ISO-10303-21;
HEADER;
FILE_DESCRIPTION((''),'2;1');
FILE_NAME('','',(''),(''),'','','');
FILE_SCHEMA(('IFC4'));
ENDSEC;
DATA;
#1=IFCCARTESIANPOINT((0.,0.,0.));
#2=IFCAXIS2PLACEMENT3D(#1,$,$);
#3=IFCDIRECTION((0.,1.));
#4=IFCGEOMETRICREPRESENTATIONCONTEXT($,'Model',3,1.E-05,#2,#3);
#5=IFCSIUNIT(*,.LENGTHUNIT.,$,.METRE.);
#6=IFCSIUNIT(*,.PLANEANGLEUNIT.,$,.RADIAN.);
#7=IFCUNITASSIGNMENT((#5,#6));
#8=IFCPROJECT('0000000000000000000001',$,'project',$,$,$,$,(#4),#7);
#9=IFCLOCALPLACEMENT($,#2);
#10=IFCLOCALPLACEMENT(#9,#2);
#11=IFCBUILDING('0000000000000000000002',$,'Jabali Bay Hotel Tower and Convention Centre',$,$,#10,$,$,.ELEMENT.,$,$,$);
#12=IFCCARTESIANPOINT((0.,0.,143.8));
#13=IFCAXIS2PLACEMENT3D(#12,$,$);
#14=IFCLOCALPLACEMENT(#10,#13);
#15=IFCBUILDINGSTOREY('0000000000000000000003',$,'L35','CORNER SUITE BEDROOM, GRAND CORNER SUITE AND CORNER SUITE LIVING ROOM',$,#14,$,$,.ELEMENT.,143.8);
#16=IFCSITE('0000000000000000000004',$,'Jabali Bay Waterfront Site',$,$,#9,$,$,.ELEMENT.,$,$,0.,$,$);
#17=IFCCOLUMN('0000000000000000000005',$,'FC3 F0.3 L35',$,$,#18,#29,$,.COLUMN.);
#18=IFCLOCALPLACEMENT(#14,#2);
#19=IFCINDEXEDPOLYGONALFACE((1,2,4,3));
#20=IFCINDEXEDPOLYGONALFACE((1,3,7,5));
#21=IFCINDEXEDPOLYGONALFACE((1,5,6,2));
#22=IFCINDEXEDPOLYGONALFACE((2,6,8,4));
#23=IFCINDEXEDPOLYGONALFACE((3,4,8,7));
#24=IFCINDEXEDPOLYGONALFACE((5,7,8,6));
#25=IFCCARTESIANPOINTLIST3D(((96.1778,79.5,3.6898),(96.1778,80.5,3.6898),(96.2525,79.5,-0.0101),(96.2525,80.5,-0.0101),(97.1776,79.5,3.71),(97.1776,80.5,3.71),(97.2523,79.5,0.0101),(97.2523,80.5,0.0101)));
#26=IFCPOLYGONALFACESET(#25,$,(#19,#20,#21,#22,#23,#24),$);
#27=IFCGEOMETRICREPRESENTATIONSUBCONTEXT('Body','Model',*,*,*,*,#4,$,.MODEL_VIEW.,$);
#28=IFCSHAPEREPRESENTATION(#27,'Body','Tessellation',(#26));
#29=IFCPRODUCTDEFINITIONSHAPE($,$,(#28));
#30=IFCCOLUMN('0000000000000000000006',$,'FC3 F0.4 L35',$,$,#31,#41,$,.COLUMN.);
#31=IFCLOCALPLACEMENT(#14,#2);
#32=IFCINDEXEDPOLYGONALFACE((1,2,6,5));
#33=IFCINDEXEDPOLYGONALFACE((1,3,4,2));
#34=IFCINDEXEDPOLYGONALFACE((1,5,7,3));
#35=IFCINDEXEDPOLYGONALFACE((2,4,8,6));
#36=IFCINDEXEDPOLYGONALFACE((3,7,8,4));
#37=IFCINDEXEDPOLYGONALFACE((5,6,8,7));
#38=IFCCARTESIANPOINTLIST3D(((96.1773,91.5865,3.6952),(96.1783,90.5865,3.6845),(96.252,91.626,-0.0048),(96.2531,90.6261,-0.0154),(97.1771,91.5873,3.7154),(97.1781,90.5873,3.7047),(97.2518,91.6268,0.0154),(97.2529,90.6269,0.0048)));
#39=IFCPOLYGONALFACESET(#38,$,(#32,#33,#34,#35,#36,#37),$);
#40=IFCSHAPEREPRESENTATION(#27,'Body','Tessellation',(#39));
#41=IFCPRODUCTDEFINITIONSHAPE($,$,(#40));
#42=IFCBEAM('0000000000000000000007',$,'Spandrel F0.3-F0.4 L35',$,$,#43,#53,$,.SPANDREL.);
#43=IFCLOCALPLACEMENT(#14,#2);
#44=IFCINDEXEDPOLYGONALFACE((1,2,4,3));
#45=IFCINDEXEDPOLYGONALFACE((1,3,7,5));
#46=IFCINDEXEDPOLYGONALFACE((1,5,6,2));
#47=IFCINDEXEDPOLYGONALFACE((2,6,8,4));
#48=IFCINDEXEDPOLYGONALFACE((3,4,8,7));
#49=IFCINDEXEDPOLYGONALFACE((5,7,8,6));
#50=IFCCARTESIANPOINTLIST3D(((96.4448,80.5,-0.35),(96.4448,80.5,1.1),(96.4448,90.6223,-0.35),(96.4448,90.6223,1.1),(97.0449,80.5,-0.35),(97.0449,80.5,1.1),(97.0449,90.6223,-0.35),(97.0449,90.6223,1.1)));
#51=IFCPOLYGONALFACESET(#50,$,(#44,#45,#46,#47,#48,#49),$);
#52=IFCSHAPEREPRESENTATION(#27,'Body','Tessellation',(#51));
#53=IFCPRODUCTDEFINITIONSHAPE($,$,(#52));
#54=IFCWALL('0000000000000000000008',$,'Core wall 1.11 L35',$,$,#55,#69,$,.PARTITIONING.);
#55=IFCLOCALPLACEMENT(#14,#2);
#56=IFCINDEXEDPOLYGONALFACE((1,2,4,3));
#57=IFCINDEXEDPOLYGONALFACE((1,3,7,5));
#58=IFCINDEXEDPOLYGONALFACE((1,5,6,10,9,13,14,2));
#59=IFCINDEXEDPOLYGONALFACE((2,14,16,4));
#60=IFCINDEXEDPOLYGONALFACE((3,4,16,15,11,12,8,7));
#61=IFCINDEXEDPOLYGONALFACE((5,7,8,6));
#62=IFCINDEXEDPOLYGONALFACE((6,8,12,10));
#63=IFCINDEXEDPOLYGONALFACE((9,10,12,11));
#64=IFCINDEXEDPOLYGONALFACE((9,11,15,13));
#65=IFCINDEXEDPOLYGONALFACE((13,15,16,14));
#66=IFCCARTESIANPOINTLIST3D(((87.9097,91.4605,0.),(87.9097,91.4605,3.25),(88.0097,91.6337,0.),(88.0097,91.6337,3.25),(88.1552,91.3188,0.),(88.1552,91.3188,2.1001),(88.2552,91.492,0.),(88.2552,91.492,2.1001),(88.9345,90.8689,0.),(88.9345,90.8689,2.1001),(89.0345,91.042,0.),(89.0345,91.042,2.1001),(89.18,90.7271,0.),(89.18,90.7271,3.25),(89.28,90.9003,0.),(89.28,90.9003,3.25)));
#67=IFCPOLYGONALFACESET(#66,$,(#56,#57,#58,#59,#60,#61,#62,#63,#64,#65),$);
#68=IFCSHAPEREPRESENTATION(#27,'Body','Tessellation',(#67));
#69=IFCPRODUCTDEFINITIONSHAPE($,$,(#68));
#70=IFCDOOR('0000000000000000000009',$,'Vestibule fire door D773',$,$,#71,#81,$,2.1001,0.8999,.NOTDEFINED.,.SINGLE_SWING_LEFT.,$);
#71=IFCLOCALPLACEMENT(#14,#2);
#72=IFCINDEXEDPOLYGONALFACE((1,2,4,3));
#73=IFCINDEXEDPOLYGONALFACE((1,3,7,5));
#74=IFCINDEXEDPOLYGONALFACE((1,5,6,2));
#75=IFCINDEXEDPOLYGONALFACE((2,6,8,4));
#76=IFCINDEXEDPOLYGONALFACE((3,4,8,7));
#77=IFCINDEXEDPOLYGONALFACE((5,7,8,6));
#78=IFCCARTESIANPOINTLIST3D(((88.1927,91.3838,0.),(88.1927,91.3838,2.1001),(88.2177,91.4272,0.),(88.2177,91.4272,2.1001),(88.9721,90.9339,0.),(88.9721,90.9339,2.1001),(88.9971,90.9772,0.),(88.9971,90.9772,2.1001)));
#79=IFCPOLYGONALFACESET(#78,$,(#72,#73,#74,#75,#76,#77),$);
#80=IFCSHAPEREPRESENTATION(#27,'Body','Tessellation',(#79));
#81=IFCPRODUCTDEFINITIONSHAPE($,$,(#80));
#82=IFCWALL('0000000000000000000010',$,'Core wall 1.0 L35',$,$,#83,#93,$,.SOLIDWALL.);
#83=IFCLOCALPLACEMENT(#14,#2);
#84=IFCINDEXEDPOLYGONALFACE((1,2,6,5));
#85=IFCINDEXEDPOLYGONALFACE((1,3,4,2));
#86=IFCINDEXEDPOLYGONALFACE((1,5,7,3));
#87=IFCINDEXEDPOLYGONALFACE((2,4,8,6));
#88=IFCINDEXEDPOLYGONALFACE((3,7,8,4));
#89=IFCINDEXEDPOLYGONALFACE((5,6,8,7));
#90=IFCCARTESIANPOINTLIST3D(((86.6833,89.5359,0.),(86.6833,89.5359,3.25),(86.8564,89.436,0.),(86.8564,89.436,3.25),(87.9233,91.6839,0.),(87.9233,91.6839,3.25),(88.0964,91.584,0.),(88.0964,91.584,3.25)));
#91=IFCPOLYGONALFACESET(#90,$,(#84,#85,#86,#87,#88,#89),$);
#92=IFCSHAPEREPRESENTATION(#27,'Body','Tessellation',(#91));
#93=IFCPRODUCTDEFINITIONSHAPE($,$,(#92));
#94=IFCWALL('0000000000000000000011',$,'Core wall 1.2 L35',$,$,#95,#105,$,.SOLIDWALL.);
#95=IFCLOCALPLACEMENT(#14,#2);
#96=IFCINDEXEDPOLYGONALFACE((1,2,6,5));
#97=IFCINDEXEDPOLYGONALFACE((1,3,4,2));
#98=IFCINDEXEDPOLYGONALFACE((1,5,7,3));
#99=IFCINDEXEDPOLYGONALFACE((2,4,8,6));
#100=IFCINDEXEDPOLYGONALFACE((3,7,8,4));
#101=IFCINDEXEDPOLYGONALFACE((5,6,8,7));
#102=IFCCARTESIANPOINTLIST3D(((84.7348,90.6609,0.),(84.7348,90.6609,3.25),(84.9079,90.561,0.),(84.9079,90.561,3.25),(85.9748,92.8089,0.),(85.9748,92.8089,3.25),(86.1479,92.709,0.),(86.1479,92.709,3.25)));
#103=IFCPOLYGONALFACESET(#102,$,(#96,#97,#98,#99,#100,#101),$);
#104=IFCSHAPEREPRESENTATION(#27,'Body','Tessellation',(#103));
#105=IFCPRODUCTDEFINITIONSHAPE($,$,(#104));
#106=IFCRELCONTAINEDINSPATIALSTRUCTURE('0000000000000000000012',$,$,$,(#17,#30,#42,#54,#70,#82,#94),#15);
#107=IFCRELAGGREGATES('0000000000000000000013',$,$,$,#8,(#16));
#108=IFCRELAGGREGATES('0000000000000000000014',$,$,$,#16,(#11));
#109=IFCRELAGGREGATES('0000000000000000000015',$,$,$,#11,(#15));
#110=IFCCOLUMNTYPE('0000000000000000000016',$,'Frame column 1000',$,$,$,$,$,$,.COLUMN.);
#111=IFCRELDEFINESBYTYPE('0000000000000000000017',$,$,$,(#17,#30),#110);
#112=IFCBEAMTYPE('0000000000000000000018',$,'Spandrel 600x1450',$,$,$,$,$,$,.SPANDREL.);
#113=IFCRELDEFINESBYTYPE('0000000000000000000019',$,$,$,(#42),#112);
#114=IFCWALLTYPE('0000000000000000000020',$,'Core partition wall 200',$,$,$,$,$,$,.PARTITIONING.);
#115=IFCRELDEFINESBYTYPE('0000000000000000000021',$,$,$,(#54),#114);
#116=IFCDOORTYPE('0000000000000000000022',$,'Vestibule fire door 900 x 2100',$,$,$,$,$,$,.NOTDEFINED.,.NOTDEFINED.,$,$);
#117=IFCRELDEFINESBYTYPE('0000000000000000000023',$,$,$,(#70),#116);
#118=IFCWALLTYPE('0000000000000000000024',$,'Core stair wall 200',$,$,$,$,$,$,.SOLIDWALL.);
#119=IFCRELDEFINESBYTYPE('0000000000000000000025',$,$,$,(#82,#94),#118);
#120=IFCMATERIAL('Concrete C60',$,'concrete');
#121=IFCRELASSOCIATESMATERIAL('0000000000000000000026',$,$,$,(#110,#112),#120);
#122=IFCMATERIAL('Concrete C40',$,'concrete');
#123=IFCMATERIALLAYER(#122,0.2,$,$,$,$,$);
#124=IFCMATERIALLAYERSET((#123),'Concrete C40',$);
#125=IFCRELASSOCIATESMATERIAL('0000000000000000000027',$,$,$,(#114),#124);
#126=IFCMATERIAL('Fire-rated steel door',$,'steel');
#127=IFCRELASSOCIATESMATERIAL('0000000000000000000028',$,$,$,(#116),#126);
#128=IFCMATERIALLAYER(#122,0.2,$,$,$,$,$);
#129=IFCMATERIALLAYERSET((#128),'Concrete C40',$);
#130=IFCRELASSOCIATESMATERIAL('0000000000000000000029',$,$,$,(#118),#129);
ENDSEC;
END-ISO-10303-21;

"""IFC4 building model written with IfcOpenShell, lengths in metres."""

from ifc_helpers import new_model, si_unit, direction, frame, frame_2d, origin, origin_2d, place, context, subcontext, project, spatial, rectangle, extrude, material, layer, layer_set, material_profile, profile_set, type_object, element, fill, save


model = new_model("IFC4")

# Units and contexts
model_context = context("Model", 3, precision=1e-05, world=origin(), true_north=direction((0.0, 1.0)))
body_context = subcontext(model_context, "Body", "Model", "MODEL_VIEW")
ifc_project = project(units=[si_unit("LENGTHUNIT", "METRE"), si_unit("PLANEANGLEUNIT", "RADIAN")], contexts=[model_context])

# Site, building, storey
site_placement = place(None, origin())
site = spatial("IfcSite", under=ifc_project, at=site_placement, Name="Jabali Bay Waterfront Site", CompositionType="ELEMENT", RefElevation=0.0)
building_placement = place(site_placement, origin())
building = spatial("IfcBuilding", under=site, at=building_placement, Name="Jabali Bay Hotel Tower and Convention Centre", CompositionType="ELEMENT")
storey_placement = place(building_placement, frame((0.0, 0.0, 143.8)))
storey = spatial("IfcBuildingStorey", under=building, at=storey_placement, Name="L35", Description="CORNER SUITE BEDROOM, GRAND CORNER SUITE AND CORNER SUITE LIVING ROOM", CompositionType="ELEMENT", Elevation=143.8)

# Columns
ifc_material_1 = material(Name="Concrete C60", Category="concrete")
ifc_material_profile_1 = material_profile(ifc_material_1, rectangle(XDim=1.0, YDim=1.0, at=origin_2d()), Name="Frame column 1000")
ifc_profile_set_1 = profile_set([ifc_material_profile_1], Name="Concrete C60")
column_type = type_object("IfcColumnType", Name="Frame column 1000", PredefinedType="COLUMN", material=ifc_profile_set_1)
column_1_placement = place(storey_placement, frame((96.7524, 80.0, 0.0), z_axis=(-0.020187, 0.0, 0.999796), x_axis=(0.0, -1.0, 0.0)))
element("IfcColumn", 1, at=column_1_placement, inside=storey, type_object=column_type, Name="FC3 F0.3 L35", PredefinedType="COLUMN", context=body_context, shape_type="SweptSolid", body=[
    extrude(rectangle(XDim=1.0, YDim=1.0, at=origin_2d()), origin(), (0.0, 0.0, 1.0), 3.7007),
])
column_2_placement = place(storey_placement, frame((96.7524, 91.1265, 0.0), z_axis=(-0.020186, -0.010687, 0.999739), x_axis=(0.999796, 0.000808, 0.020196)))
element("IfcColumn", 2, at=column_2_placement, inside=storey, type_object=column_type, Name="FC3 F0.4 L35", PredefinedType="COLUMN", context=body_context, shape_type="SweptSolid", body=[
    extrude(rectangle(XDim=1.0, YDim=1.0, at=origin_2d()), origin(), (0.0, 0.0, 1.0), 3.7009),
])

# Beam
ifc_material_profile_2 = material_profile(ifc_material_1, rectangle(XDim=0.6001, YDim=1.45, at=origin_2d()), Name="Spandrel 600x1450")
ifc_profile_set_2 = profile_set([ifc_material_profile_2], Name="Concrete C60")
beam_type = type_object("IfcBeamType", Name="Spandrel 600x1450", PredefinedType="SPANDREL", material=ifc_profile_set_2)
beam_placement = place(storey_placement, frame((96.7449, 80.5, 0.375), z_axis=(0.0, 1.0, 0.0), x_axis=(-1.0, 0.0, 0.0)))
element("IfcBeam", 3, at=beam_placement, inside=storey, type_object=beam_type, Name="Spandrel F0.3-F0.4 L35", PredefinedType="SPANDREL", context=body_context, shape_type="SweptSolid", body=[
    extrude(rectangle(XDim=0.6001, YDim=1.45, at=origin_2d()), origin(), (0.0, 0.0, 1.0), 10.1223),
])

# Wall, opening, door
ifc_material_2 = material(Name="Concrete C40", Category="concrete")
ifc_layer_1 = layer(ifc_material_2, 0.2)
ifc_layer_set_1 = layer_set([ifc_layer_1], Name="Concrete C40")
wall_type_1 = type_object("IfcWallType", Name="Core partition wall 200", PredefinedType="PARTITIONING", material=ifc_layer_set_1)
wall_1_placement = place(storey_placement, frame((89.23, 90.8137, 0.0), z_axis=(0.0, 0.0, 1.0), x_axis=(-0.866022, 0.500006, 0.0)))
wall_1 = element("IfcWall", 4, at=wall_1_placement, inside=storey, type_object=wall_type_1, Name="Core wall 1.11 L35", PredefinedType="PARTITIONING", context=body_context, shape_type="SweptSolid", body=[
    extrude(rectangle(XDim=1.4668, YDim=0.2, at=frame_2d((0.7334, 0.0))), origin(), (0.0, 0.0, 1.0), 3.25),
])
opening_1_placement = place(wall_1_placement, frame((0.2834, 0.0, 0.0)))
opening_1 = element("IfcOpeningElement", 5, at=opening_1_placement, cuts=wall_1, PredefinedType="OPENING", context=body_context, shape_type="SweptSolid", body=[
    extrude(rectangle(XDim=0.8999, YDim=2.1001, at=frame_2d((0.45, 1.05))), frame((0.0, 0.1104, 0.0), z_axis=(0.0, -1.0, 0.0), x_axis=(1.0, 0.0, 0.0)), (0.0, 0.0, 1.0), 0.2209),
])
ifc_material_3 = material(Name="Fire-rated steel door", Category="steel")
door_type_1 = type_object("IfcDoorType", Name="Vestibule fire door 900 x 2100", OperationType="NOTDEFINED", PredefinedType="NOTDEFINED", material=ifc_material_3)
door_1_placement = place(opening_1_placement, origin())
door_1 = element("IfcDoor", 6, at=door_1_placement, inside=storey, type_object=door_type_1, Name="Vestibule fire door D773", OperationType="SINGLE_SWING_LEFT", OverallHeight=2.1001, OverallWidth=0.8999, PredefinedType="NOTDEFINED", context=body_context, shape_type="SweptSolid", body=[
    extrude(rectangle(XDim=0.8999, YDim=2.1001, at=frame_2d((0.45, 1.05))), frame((0.0, 0.0249, 0.0), z_axis=(0.0, -1.0, 0.0), x_axis=(1.0, 0.0, 0.0)), (0.0, 0.0, 1.0), 0.05),
])
fill(opening_1, door_1)

# Walls
ifc_layer_2 = layer(ifc_material_2, 0.2)
ifc_layer_set_2 = layer_set([ifc_layer_2], Name="Concrete C40")
wall_type_2 = type_object("IfcWallType", Name="Core stair wall 200", PredefinedType="SOLIDWALL", material=ifc_layer_set_2)
for number, where, z_axis, x_axis, name in (
    (7, (86.7698, 89.4858, 0.0), (0.0, 0.0, 1.0), (0.499961, 0.866048, 0.0), "Core wall 1.0 L35"),
    (8, (84.8213, 90.6108, 0.0), (0.0, 0.0, 1.0), (0.499961, 0.866048, 0.0), "Core wall 1.2 L35"),
):
    element("IfcWall", number, at=place(storey_placement, frame(where, z_axis=z_axis, x_axis=x_axis)), inside=storey, type_object=wall_type_2, Name=name, PredefinedType="SOLIDWALL", context=body_context, shape_type="SweptSolid", body=[
        extrude(rectangle(XDim=2.4802, YDim=0.2, at=frame_2d((1.2402, 0.0))), origin(), (0.0, 0.0, 1.0), 3.25),
    ])

save(model, "model.ifc")
